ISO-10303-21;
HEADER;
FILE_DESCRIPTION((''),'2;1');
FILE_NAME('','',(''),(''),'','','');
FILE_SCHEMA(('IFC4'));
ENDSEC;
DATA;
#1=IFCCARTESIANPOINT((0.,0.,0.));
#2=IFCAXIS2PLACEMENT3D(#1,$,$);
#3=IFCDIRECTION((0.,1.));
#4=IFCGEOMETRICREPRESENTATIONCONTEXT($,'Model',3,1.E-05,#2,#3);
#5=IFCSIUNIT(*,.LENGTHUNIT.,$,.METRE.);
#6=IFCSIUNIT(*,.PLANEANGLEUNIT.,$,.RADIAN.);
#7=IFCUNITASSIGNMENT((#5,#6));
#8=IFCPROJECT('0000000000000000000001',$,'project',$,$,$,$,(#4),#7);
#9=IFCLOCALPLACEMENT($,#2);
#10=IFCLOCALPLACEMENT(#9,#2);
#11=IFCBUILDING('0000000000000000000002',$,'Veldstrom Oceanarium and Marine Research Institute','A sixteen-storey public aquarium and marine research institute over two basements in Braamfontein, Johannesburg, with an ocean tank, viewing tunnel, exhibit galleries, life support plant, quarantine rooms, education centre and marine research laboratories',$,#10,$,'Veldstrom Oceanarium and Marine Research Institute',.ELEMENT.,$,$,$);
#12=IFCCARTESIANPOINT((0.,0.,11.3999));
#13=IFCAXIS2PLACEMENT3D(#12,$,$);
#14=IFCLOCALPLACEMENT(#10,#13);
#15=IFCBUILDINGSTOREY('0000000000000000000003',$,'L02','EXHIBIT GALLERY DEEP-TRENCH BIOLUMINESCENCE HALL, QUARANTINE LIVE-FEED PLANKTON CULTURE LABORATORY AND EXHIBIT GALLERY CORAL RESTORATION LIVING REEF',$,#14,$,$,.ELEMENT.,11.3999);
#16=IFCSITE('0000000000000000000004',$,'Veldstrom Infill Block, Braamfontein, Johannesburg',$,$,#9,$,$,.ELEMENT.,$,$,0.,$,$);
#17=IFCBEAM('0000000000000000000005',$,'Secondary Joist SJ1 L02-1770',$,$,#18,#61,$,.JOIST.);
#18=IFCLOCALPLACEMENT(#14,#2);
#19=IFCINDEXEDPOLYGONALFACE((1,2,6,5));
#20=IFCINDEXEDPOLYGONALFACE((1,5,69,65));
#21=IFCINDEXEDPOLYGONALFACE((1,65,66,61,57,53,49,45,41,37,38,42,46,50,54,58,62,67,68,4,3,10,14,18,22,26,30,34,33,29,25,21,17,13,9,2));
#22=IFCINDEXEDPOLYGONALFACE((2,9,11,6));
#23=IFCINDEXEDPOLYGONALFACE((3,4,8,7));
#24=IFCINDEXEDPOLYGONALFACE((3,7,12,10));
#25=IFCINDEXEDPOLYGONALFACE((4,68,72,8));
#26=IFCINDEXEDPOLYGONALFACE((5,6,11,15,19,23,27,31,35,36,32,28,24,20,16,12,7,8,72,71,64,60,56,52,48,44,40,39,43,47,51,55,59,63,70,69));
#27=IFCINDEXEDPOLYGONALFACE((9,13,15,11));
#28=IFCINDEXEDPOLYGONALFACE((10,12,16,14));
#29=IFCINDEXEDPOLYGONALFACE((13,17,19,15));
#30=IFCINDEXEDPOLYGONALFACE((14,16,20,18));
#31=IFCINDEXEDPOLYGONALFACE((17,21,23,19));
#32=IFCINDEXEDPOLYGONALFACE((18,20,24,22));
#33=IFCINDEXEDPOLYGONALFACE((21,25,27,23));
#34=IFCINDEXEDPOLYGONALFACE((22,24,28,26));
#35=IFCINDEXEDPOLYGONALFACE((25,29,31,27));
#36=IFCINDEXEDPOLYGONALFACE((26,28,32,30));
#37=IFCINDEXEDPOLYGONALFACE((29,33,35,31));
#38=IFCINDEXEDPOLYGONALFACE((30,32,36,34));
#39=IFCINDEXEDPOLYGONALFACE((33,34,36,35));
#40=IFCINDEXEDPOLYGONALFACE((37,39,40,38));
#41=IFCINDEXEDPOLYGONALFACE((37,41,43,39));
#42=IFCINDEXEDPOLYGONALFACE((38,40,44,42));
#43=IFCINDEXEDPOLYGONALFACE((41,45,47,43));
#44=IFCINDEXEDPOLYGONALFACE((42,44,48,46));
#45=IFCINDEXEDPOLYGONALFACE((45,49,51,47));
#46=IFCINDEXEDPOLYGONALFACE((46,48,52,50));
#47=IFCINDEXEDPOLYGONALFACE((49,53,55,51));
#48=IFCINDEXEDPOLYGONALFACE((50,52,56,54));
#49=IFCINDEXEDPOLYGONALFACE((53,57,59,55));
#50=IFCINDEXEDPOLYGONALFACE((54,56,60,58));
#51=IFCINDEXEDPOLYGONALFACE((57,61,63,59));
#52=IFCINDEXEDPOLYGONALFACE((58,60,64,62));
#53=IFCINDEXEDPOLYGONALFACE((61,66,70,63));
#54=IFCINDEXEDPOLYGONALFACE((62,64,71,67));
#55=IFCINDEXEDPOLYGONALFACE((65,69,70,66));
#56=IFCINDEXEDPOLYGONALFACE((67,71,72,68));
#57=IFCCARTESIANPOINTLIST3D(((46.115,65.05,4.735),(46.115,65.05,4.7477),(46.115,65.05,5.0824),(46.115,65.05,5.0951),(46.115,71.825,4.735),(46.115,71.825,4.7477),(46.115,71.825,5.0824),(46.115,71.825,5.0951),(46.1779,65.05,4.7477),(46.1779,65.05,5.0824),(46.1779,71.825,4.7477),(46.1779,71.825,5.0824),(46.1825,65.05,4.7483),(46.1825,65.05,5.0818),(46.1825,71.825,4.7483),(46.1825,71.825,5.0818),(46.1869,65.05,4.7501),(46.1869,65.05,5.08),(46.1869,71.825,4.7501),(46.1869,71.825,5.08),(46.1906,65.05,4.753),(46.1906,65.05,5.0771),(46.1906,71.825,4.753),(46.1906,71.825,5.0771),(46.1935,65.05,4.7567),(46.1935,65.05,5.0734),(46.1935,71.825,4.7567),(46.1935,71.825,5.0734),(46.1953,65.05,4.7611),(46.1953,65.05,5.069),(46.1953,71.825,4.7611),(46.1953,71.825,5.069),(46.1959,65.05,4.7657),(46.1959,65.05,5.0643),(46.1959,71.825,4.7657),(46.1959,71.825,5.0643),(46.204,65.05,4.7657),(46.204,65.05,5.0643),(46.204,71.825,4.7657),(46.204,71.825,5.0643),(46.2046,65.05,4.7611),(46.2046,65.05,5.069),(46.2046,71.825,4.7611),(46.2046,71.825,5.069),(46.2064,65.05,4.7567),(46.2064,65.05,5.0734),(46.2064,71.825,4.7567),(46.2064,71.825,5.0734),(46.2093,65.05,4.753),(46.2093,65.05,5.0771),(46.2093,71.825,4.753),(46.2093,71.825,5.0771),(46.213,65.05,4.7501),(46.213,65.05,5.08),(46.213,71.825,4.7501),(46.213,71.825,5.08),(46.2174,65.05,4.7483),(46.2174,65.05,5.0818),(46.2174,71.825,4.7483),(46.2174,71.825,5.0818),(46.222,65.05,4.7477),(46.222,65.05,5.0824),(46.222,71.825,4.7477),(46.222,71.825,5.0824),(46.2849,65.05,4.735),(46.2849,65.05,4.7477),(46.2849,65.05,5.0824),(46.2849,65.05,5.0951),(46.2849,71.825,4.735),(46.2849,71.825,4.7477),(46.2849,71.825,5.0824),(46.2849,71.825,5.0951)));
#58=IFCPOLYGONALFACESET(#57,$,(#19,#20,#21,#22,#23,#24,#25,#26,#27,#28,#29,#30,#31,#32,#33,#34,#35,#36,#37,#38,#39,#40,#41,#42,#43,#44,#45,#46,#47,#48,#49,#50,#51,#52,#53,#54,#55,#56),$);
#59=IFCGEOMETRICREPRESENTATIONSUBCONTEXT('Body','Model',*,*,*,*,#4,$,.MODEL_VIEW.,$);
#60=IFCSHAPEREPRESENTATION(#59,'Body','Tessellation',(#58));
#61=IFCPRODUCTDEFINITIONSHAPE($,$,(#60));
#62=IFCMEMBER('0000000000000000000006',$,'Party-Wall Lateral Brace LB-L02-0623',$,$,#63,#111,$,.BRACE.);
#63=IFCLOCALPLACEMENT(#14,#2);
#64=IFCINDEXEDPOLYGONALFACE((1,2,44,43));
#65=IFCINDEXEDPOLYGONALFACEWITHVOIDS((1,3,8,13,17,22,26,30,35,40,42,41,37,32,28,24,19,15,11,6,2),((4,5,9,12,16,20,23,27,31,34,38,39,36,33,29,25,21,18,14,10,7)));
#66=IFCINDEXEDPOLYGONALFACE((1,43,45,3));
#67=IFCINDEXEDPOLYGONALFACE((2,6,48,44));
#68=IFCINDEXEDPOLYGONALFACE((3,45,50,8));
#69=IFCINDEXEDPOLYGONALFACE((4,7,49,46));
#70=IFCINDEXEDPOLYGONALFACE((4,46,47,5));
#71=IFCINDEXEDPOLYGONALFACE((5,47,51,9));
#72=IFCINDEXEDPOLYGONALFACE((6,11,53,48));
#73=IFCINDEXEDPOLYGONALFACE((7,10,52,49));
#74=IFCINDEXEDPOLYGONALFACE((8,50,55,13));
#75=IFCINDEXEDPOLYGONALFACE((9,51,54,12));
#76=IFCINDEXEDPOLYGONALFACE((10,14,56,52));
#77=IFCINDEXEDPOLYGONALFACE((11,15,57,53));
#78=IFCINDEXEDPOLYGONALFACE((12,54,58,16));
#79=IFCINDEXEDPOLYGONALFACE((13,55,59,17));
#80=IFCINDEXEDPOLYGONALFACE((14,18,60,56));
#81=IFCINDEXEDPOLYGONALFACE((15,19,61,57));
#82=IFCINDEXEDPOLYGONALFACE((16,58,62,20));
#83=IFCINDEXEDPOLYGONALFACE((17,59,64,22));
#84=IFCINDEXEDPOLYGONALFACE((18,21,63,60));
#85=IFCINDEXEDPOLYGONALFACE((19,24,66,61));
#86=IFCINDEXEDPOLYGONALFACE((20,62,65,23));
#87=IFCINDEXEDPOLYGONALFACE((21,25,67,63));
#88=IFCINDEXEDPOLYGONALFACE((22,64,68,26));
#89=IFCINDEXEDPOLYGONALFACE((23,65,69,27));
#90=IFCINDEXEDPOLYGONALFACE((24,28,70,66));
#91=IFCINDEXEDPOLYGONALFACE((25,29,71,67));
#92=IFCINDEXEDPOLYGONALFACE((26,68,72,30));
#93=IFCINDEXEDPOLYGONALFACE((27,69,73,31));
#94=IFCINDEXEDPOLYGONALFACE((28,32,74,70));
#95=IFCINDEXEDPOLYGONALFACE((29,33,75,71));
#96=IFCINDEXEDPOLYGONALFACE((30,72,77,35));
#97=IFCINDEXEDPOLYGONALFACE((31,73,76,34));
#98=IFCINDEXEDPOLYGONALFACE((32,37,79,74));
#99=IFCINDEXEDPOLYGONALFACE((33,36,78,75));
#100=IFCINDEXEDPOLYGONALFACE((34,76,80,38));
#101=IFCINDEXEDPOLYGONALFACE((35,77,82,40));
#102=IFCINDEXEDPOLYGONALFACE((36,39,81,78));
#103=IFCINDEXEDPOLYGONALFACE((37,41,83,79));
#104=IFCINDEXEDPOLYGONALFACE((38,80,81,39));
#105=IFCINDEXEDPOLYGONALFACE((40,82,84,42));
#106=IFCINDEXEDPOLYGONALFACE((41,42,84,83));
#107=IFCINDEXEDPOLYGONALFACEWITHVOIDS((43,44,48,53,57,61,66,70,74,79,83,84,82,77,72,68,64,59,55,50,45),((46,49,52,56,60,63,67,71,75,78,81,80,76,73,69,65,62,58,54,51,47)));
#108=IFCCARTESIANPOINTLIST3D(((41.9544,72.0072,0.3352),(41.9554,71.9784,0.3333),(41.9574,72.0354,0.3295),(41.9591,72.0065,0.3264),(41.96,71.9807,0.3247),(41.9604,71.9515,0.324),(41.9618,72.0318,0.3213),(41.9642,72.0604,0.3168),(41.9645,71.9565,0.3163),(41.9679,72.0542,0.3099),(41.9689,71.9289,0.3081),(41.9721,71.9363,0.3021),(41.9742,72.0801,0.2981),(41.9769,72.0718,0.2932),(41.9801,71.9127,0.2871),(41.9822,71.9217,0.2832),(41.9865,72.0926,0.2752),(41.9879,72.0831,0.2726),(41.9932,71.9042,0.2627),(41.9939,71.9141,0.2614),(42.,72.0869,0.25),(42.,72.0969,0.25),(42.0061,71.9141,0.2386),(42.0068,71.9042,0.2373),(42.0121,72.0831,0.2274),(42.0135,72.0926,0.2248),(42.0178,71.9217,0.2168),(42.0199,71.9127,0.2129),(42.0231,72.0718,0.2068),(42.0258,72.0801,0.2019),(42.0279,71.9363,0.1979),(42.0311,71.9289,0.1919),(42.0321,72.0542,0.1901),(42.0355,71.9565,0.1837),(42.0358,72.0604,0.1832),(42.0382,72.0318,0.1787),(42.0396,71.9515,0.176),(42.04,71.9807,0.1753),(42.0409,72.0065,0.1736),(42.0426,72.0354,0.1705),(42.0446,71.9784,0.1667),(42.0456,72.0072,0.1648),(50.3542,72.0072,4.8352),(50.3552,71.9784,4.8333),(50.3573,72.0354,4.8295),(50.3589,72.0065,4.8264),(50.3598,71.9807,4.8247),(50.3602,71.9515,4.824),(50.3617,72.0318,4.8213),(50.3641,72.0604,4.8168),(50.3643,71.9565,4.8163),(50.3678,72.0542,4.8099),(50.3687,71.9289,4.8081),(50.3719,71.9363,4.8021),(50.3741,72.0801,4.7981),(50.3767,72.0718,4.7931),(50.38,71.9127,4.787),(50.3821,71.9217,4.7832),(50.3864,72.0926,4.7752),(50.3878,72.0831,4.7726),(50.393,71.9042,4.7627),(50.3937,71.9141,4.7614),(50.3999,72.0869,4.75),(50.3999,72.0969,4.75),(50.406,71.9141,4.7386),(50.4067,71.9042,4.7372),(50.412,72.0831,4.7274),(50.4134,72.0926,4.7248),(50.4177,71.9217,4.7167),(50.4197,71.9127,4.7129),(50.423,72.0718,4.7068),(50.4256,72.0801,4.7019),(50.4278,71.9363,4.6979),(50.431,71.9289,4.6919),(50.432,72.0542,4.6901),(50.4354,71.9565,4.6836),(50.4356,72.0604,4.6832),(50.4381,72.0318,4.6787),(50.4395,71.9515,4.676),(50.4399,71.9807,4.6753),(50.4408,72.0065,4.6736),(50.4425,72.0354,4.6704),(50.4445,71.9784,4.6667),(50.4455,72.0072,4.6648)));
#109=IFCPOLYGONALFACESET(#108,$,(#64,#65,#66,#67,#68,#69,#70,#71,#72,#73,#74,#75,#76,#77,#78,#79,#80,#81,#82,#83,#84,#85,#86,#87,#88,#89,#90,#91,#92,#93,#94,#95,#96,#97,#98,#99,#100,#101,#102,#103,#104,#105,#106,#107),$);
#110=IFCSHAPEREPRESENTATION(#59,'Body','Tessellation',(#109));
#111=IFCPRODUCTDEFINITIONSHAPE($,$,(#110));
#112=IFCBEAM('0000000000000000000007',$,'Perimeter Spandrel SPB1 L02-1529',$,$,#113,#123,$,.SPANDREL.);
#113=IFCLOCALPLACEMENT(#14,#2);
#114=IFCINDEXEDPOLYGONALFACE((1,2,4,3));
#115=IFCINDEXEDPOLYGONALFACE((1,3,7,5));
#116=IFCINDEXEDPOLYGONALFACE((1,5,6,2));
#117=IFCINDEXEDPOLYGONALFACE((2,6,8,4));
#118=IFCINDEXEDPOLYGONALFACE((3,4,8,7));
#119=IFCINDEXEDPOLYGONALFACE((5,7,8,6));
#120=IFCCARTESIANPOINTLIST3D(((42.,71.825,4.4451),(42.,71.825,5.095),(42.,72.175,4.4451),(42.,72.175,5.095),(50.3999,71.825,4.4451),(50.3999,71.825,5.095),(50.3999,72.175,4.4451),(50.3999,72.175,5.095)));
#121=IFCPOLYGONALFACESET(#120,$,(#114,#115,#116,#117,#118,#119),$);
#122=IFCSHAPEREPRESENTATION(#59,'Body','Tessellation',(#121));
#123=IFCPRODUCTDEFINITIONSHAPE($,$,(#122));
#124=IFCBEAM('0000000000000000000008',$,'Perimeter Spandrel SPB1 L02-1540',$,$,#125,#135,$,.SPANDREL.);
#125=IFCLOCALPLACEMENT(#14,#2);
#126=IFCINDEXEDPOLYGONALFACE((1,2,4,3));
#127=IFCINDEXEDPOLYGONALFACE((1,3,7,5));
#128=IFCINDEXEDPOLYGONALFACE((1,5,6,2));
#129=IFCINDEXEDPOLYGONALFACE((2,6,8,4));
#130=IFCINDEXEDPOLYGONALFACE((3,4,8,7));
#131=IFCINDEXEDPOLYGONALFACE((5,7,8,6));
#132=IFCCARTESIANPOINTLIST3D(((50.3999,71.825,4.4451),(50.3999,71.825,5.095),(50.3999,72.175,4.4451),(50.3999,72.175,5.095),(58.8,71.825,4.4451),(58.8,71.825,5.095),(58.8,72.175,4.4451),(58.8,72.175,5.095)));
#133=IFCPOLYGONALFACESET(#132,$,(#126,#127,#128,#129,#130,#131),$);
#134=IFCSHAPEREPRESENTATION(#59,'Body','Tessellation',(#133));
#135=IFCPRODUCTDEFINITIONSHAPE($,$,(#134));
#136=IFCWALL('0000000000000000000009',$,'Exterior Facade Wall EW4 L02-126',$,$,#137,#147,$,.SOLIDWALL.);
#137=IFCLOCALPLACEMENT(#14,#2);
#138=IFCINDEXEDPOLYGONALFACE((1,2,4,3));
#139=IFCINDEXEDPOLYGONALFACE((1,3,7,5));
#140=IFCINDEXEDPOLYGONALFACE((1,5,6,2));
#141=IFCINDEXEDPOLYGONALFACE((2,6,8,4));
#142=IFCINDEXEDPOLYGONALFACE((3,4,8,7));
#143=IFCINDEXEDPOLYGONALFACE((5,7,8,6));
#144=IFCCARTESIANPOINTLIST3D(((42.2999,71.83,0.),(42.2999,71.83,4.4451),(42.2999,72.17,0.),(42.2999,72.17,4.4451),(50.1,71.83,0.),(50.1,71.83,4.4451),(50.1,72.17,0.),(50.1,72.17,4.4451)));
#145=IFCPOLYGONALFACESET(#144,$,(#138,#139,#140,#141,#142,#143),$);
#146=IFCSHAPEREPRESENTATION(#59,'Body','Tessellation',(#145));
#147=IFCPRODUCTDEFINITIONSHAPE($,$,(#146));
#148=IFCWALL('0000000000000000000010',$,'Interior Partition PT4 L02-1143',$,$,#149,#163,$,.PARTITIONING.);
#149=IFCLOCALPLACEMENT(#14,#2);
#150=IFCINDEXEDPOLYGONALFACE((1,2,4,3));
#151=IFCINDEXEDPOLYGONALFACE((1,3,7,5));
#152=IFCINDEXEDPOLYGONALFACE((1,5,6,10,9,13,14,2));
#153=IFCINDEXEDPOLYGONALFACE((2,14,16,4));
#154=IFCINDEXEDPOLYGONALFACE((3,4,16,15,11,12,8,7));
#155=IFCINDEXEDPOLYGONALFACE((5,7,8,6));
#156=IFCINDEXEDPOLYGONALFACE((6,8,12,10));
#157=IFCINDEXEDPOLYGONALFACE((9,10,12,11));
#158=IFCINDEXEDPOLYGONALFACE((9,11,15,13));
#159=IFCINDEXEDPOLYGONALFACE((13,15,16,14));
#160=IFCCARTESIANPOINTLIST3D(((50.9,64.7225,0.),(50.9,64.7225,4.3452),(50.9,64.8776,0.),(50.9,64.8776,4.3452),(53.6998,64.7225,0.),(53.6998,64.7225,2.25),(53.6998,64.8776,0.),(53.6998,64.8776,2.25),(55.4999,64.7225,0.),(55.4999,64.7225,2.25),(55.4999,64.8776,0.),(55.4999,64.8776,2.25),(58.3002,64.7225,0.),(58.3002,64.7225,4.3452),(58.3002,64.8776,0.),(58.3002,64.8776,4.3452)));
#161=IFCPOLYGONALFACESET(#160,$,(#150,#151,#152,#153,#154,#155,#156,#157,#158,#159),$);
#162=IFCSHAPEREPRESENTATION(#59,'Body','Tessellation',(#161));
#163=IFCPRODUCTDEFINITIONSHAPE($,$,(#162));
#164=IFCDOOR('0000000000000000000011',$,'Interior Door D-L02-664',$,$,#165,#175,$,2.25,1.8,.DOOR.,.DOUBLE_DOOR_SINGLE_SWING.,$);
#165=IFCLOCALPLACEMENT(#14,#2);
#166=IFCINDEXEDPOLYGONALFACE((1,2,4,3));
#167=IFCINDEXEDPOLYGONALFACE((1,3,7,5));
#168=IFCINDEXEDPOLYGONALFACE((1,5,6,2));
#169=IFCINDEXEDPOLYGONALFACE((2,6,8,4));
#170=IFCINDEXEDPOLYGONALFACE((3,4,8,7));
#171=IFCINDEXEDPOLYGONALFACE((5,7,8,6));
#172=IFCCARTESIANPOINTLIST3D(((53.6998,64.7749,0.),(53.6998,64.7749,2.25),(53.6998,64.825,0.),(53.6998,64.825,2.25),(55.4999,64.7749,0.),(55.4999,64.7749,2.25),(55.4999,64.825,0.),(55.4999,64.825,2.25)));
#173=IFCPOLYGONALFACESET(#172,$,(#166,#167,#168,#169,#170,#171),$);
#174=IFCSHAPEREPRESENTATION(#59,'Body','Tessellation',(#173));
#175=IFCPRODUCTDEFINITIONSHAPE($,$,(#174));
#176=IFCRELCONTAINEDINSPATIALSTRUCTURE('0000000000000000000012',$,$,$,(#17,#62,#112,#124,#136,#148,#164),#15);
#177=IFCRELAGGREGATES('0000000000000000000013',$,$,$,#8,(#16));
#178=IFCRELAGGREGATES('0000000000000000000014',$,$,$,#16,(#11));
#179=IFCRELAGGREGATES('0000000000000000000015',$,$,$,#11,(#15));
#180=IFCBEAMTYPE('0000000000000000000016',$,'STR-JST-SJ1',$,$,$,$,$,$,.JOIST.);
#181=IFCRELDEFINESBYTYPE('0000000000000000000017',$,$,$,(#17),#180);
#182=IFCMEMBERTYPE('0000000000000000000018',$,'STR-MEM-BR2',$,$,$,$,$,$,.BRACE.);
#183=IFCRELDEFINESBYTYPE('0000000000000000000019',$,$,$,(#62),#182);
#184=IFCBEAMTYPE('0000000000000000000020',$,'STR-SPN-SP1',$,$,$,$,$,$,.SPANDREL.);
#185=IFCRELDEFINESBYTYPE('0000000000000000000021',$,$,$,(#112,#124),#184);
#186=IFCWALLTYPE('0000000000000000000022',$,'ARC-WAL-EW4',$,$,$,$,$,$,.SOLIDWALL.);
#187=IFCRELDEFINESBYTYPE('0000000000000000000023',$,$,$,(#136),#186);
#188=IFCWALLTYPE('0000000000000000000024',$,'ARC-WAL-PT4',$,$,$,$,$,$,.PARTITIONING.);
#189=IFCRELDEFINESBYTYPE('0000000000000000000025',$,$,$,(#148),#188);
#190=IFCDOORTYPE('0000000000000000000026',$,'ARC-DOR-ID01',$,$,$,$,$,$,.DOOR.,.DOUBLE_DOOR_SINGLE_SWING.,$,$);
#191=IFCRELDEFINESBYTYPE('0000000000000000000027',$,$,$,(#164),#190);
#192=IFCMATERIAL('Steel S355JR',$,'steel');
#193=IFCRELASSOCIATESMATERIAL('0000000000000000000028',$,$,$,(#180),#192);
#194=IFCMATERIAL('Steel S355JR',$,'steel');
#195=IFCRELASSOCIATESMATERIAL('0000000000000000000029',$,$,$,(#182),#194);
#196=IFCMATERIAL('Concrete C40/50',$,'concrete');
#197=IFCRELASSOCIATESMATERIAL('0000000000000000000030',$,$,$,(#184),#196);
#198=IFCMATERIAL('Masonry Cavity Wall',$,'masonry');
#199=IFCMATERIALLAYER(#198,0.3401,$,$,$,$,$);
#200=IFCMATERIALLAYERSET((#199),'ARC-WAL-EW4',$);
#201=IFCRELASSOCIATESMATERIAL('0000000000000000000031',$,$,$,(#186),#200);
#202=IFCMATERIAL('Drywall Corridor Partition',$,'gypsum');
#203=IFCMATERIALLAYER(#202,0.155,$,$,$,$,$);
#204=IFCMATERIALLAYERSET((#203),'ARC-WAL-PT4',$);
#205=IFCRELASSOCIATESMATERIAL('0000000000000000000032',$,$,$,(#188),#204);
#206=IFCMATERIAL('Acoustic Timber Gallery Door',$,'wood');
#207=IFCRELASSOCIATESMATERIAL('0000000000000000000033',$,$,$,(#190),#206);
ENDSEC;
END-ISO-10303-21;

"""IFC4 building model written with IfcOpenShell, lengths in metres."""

from ifc_helpers import new_model, si_unit, direction, frame, frame_2d, origin, origin_2d, place, context, subcontext, project, spatial, rectangle, hollow_circle, i_section, extrude, material, layer, layer_set, material_profile, profile_set, type_object, element, fill, save


model = new_model("IFC4")

# Units and contexts
model_context = context("Model", 3, precision=1e-05, world=origin(), true_north=direction((0.0, 1.0)))
body_context = subcontext(model_context, "Body", "Model", "MODEL_VIEW")
ifc_project = project(units=[si_unit("LENGTHUNIT", "METRE"), si_unit("PLANEANGLEUNIT", "RADIAN")], contexts=[model_context])

# Site, building, storey
site_placement = place(None, origin())
site = spatial("IfcSite", under=ifc_project, at=site_placement, Name="Veldstrom Infill Block, Braamfontein, Johannesburg", CompositionType="ELEMENT", RefElevation=0.0)
building_placement = place(site_placement, origin())
building = spatial("IfcBuilding", under=site, at=building_placement, Name="Veldstrom Oceanarium and Marine Research Institute", Description="A sixteen-storey public aquarium and marine research institute over two basements in Braamfontein, Johannesburg, with an ocean tank, viewing tunnel, exhibit galleries, life support plant, quarantine rooms, education centre and marine research laboratories", LongName="Veldstrom Oceanarium and Marine Research Institute", CompositionType="ELEMENT")
storey_placement = place(building_placement, frame((0.0, 0.0, 11.3999)))
storey = spatial("IfcBuildingStorey", under=building, at=storey_placement, Name="L02", Description="EXHIBIT GALLERY DEEP-TRENCH BIOLUMINESCENCE HALL, QUARANTINE LIVE-FEED PLANKTON CULTURE LABORATORY AND EXHIBIT GALLERY CORAL RESTORATION LIVING REEF", CompositionType="ELEMENT", Elevation=11.3999)

# Beam
ifc_material_1 = material(Name="Steel S355JR", Category="steel")
ifc_material_profile_1 = material_profile(ifc_material_1, i_section(OverallWidth=0.1699, OverallDepth=0.3601, WebThickness=0.0081, FlangeThickness=0.0127, FilletRadius=0.0181, at=origin_2d()), Name="IPE 360")
ifc_profile_set_1 = profile_set([ifc_material_profile_1], Name="Steel S355JR")
beam_type_1 = type_object("IfcBeamType", Name="STR-JST-SJ1", PredefinedType="JOIST", material=ifc_profile_set_1)
beam_1_placement = place(storey_placement, frame((46.2, 65.05, 4.915), z_axis=(0.0, 1.0, 0.0), x_axis=(-1.0, 0.0, 0.0)))
element("IfcBeam", 1, at=beam_1_placement, inside=storey, type_object=beam_type_1, Name="Secondary Joist SJ1 L02-1770", PredefinedType="JOIST", context=body_context, shape_type="SweptSolid", body=[
    extrude(i_section(OverallWidth=0.1699, OverallDepth=0.3601, WebThickness=0.0081, FlangeThickness=0.0127, FilletRadius=0.0181, at=origin_2d()), origin(), (0.0, 0.0, 1.0), 6.7749),
])

# Member
ifc_material_2 = material(Name="Steel S355JR", Category="steel")
ifc_material_profile_2 = material_profile(ifc_material_2, hollow_circle(Radius=0.0969, WallThickness=0.01, at=origin_2d()), Name="CHS 193.7x10")
ifc_profile_set_2 = profile_set([ifc_material_profile_2], Name="Steel S355JR")
member_type_1 = type_object("IfcMemberType", Name="STR-MEM-BR2", PredefinedType="BRACE", material=ifc_profile_set_2)
member_1_placement = place(storey_placement, frame((42.0, 72.0, 0.25), z_axis=(0.881478, 0.0, 0.472226), x_axis=(0.0, 1.0, 0.0)))
element("IfcMember", 2, at=member_1_placement, inside=storey, type_object=member_type_1, Name="Party-Wall Lateral Brace LB-L02-0623", PredefinedType="BRACE", context=body_context, shape_type="SweptSolid", body=[
    extrude(hollow_circle(Radius=0.0969, WallThickness=0.01, at=origin_2d()), origin(), (0.0, 0.0, 1.0), 9.5293),
])

# Beams
ifc_material_3 = material(Name="Concrete C40/50", Category="concrete")
ifc_material_profile_3 = material_profile(ifc_material_3, rectangle(XDim=0.3501, YDim=0.6499, at=origin_2d()), Name="RC-SPN-350x650")
ifc_profile_set_3 = profile_set([ifc_material_profile_3], Name="Concrete C40/50")
beam_type_2 = type_object("IfcBeamType", Name="STR-SPN-SP1", PredefinedType="SPANDREL", material=ifc_profile_set_3)
beam_2_placement = place(storey_placement, frame((42.0, 72.0, 4.77), z_axis=(1.0, 0.0, 0.0), x_axis=(0.0, 1.0, 0.0)))
element("IfcBeam", 3, at=beam_2_placement, inside=storey, type_object=beam_type_2, Name="Perimeter Spandrel SPB1 L02-1529", PredefinedType="SPANDREL", context=body_context, shape_type="SweptSolid", body=[
    extrude(rectangle(XDim=0.3501, YDim=0.6499, at=origin_2d()), origin(), (0.0, 0.0, 1.0), 8.3999),
])
beam_3_placement = place(storey_placement, frame((50.3999, 72.0, 4.77), z_axis=(1.0, 0.0, 0.0), x_axis=(0.0, 1.0, 0.0)))
element("IfcBeam", 4, at=beam_3_placement, inside=storey, type_object=beam_type_2, Name="Perimeter Spandrel SPB1 L02-1540", PredefinedType="SPANDREL", context=body_context, shape_type="SweptSolid", body=[
    extrude(rectangle(XDim=0.3501, YDim=0.6499, at=origin_2d()), origin(), (0.0, 0.0, 1.0), 8.4001),
])

# Wall
ifc_material_4 = material(Name="Masonry Cavity Wall", Category="masonry")
ifc_layer_1 = layer(ifc_material_4, 0.3401)
ifc_layer_set_1 = layer_set([ifc_layer_1], Name="ARC-WAL-EW4")
wall_type_1 = type_object("IfcWallType", Name="ARC-WAL-EW4", PredefinedType="SOLIDWALL", material=ifc_layer_set_1)
wall_1_placement = place(storey_placement, frame((42.3, 72.0, 0.0), z_axis=(0.0, 0.0, 1.0), x_axis=(1.0, 0.0, 0.0)))
element("IfcWall", 5, at=wall_1_placement, inside=storey, type_object=wall_type_1, Name="Exterior Facade Wall EW4 L02-126", PredefinedType="SOLIDWALL", context=body_context, shape_type="SweptSolid", body=[
    extrude(rectangle(XDim=7.8, YDim=0.3401, at=frame_2d((3.8999, 0.0))), origin(), (0.0, 0.0, 1.0), 4.4451),
])

# Wall, opening, door
ifc_material_5 = material(Name="Drywall Corridor Partition", Category="gypsum")
ifc_layer_2 = layer(ifc_material_5, 0.155)
ifc_layer_set_2 = layer_set([ifc_layer_2], Name="ARC-WAL-PT4")
wall_type_2 = type_object("IfcWallType", Name="ARC-WAL-PT4", PredefinedType="PARTITIONING", material=ifc_layer_set_2)
wall_2_placement = place(storey_placement, frame((50.8999, 64.8, 0.0), z_axis=(0.0, 0.0, 1.0), x_axis=(1.0, 0.0, 0.0)))
wall_2 = element("IfcWall", 6, at=wall_2_placement, inside=storey, type_object=wall_type_2, Name="Interior Partition PT4 L02-1143", PredefinedType="PARTITIONING", context=body_context, shape_type="SweptSolid", body=[
    extrude(rectangle(XDim=7.4001, YDim=0.155, at=frame_2d((3.7002, 0.0))), origin(), (0.0, 0.0, 1.0), 4.3452),
])
opening_1_placement = place(wall_2_placement, frame((2.8, 0.0, 0.0)))
opening_1 = element("IfcOpeningElement", 7, at=opening_1_placement, cuts=wall_2, PredefinedType="OPENING", context=body_context, shape_type="SweptSolid", body=[
    extrude(rectangle(XDim=1.8, YDim=2.25, at=frame_2d((0.8999, 1.125))), frame((0.0, 0.0874, 0.0), z_axis=(0.0, -1.0, 0.0), x_axis=(1.0, 0.0, 0.0)), (0.0, 0.0, 1.0), 0.175),
])
ifc_material_6 = material(Name="Acoustic Timber Gallery Door", Category="wood")
door_type = type_object("IfcDoorType", Name="ARC-DOR-ID01", OperationType="DOUBLE_DOOR_SINGLE_SWING", PredefinedType="DOOR", material=ifc_material_6)
door_1_placement = place(opening_1_placement, origin())
door_1 = element("IfcDoor", 8, at=door_1_placement, inside=storey, type_object=door_type, Name="Interior Door D-L02-664", OperationType="DOUBLE_DOOR_SINGLE_SWING", OverallHeight=2.25, OverallWidth=1.8, PredefinedType="DOOR", context=body_context, shape_type="SweptSolid", body=[
    extrude(rectangle(XDim=1.8, YDim=2.25, at=frame_2d((0.8999, 1.125))), frame((0.0, 0.0249, 0.0), z_axis=(0.0, -1.0, 0.0), x_axis=(1.0, 0.0, 0.0)), (0.0, 0.0, 1.0), 0.05),
])
fill(opening_1, door_1)

save(model, "model.ifc")
